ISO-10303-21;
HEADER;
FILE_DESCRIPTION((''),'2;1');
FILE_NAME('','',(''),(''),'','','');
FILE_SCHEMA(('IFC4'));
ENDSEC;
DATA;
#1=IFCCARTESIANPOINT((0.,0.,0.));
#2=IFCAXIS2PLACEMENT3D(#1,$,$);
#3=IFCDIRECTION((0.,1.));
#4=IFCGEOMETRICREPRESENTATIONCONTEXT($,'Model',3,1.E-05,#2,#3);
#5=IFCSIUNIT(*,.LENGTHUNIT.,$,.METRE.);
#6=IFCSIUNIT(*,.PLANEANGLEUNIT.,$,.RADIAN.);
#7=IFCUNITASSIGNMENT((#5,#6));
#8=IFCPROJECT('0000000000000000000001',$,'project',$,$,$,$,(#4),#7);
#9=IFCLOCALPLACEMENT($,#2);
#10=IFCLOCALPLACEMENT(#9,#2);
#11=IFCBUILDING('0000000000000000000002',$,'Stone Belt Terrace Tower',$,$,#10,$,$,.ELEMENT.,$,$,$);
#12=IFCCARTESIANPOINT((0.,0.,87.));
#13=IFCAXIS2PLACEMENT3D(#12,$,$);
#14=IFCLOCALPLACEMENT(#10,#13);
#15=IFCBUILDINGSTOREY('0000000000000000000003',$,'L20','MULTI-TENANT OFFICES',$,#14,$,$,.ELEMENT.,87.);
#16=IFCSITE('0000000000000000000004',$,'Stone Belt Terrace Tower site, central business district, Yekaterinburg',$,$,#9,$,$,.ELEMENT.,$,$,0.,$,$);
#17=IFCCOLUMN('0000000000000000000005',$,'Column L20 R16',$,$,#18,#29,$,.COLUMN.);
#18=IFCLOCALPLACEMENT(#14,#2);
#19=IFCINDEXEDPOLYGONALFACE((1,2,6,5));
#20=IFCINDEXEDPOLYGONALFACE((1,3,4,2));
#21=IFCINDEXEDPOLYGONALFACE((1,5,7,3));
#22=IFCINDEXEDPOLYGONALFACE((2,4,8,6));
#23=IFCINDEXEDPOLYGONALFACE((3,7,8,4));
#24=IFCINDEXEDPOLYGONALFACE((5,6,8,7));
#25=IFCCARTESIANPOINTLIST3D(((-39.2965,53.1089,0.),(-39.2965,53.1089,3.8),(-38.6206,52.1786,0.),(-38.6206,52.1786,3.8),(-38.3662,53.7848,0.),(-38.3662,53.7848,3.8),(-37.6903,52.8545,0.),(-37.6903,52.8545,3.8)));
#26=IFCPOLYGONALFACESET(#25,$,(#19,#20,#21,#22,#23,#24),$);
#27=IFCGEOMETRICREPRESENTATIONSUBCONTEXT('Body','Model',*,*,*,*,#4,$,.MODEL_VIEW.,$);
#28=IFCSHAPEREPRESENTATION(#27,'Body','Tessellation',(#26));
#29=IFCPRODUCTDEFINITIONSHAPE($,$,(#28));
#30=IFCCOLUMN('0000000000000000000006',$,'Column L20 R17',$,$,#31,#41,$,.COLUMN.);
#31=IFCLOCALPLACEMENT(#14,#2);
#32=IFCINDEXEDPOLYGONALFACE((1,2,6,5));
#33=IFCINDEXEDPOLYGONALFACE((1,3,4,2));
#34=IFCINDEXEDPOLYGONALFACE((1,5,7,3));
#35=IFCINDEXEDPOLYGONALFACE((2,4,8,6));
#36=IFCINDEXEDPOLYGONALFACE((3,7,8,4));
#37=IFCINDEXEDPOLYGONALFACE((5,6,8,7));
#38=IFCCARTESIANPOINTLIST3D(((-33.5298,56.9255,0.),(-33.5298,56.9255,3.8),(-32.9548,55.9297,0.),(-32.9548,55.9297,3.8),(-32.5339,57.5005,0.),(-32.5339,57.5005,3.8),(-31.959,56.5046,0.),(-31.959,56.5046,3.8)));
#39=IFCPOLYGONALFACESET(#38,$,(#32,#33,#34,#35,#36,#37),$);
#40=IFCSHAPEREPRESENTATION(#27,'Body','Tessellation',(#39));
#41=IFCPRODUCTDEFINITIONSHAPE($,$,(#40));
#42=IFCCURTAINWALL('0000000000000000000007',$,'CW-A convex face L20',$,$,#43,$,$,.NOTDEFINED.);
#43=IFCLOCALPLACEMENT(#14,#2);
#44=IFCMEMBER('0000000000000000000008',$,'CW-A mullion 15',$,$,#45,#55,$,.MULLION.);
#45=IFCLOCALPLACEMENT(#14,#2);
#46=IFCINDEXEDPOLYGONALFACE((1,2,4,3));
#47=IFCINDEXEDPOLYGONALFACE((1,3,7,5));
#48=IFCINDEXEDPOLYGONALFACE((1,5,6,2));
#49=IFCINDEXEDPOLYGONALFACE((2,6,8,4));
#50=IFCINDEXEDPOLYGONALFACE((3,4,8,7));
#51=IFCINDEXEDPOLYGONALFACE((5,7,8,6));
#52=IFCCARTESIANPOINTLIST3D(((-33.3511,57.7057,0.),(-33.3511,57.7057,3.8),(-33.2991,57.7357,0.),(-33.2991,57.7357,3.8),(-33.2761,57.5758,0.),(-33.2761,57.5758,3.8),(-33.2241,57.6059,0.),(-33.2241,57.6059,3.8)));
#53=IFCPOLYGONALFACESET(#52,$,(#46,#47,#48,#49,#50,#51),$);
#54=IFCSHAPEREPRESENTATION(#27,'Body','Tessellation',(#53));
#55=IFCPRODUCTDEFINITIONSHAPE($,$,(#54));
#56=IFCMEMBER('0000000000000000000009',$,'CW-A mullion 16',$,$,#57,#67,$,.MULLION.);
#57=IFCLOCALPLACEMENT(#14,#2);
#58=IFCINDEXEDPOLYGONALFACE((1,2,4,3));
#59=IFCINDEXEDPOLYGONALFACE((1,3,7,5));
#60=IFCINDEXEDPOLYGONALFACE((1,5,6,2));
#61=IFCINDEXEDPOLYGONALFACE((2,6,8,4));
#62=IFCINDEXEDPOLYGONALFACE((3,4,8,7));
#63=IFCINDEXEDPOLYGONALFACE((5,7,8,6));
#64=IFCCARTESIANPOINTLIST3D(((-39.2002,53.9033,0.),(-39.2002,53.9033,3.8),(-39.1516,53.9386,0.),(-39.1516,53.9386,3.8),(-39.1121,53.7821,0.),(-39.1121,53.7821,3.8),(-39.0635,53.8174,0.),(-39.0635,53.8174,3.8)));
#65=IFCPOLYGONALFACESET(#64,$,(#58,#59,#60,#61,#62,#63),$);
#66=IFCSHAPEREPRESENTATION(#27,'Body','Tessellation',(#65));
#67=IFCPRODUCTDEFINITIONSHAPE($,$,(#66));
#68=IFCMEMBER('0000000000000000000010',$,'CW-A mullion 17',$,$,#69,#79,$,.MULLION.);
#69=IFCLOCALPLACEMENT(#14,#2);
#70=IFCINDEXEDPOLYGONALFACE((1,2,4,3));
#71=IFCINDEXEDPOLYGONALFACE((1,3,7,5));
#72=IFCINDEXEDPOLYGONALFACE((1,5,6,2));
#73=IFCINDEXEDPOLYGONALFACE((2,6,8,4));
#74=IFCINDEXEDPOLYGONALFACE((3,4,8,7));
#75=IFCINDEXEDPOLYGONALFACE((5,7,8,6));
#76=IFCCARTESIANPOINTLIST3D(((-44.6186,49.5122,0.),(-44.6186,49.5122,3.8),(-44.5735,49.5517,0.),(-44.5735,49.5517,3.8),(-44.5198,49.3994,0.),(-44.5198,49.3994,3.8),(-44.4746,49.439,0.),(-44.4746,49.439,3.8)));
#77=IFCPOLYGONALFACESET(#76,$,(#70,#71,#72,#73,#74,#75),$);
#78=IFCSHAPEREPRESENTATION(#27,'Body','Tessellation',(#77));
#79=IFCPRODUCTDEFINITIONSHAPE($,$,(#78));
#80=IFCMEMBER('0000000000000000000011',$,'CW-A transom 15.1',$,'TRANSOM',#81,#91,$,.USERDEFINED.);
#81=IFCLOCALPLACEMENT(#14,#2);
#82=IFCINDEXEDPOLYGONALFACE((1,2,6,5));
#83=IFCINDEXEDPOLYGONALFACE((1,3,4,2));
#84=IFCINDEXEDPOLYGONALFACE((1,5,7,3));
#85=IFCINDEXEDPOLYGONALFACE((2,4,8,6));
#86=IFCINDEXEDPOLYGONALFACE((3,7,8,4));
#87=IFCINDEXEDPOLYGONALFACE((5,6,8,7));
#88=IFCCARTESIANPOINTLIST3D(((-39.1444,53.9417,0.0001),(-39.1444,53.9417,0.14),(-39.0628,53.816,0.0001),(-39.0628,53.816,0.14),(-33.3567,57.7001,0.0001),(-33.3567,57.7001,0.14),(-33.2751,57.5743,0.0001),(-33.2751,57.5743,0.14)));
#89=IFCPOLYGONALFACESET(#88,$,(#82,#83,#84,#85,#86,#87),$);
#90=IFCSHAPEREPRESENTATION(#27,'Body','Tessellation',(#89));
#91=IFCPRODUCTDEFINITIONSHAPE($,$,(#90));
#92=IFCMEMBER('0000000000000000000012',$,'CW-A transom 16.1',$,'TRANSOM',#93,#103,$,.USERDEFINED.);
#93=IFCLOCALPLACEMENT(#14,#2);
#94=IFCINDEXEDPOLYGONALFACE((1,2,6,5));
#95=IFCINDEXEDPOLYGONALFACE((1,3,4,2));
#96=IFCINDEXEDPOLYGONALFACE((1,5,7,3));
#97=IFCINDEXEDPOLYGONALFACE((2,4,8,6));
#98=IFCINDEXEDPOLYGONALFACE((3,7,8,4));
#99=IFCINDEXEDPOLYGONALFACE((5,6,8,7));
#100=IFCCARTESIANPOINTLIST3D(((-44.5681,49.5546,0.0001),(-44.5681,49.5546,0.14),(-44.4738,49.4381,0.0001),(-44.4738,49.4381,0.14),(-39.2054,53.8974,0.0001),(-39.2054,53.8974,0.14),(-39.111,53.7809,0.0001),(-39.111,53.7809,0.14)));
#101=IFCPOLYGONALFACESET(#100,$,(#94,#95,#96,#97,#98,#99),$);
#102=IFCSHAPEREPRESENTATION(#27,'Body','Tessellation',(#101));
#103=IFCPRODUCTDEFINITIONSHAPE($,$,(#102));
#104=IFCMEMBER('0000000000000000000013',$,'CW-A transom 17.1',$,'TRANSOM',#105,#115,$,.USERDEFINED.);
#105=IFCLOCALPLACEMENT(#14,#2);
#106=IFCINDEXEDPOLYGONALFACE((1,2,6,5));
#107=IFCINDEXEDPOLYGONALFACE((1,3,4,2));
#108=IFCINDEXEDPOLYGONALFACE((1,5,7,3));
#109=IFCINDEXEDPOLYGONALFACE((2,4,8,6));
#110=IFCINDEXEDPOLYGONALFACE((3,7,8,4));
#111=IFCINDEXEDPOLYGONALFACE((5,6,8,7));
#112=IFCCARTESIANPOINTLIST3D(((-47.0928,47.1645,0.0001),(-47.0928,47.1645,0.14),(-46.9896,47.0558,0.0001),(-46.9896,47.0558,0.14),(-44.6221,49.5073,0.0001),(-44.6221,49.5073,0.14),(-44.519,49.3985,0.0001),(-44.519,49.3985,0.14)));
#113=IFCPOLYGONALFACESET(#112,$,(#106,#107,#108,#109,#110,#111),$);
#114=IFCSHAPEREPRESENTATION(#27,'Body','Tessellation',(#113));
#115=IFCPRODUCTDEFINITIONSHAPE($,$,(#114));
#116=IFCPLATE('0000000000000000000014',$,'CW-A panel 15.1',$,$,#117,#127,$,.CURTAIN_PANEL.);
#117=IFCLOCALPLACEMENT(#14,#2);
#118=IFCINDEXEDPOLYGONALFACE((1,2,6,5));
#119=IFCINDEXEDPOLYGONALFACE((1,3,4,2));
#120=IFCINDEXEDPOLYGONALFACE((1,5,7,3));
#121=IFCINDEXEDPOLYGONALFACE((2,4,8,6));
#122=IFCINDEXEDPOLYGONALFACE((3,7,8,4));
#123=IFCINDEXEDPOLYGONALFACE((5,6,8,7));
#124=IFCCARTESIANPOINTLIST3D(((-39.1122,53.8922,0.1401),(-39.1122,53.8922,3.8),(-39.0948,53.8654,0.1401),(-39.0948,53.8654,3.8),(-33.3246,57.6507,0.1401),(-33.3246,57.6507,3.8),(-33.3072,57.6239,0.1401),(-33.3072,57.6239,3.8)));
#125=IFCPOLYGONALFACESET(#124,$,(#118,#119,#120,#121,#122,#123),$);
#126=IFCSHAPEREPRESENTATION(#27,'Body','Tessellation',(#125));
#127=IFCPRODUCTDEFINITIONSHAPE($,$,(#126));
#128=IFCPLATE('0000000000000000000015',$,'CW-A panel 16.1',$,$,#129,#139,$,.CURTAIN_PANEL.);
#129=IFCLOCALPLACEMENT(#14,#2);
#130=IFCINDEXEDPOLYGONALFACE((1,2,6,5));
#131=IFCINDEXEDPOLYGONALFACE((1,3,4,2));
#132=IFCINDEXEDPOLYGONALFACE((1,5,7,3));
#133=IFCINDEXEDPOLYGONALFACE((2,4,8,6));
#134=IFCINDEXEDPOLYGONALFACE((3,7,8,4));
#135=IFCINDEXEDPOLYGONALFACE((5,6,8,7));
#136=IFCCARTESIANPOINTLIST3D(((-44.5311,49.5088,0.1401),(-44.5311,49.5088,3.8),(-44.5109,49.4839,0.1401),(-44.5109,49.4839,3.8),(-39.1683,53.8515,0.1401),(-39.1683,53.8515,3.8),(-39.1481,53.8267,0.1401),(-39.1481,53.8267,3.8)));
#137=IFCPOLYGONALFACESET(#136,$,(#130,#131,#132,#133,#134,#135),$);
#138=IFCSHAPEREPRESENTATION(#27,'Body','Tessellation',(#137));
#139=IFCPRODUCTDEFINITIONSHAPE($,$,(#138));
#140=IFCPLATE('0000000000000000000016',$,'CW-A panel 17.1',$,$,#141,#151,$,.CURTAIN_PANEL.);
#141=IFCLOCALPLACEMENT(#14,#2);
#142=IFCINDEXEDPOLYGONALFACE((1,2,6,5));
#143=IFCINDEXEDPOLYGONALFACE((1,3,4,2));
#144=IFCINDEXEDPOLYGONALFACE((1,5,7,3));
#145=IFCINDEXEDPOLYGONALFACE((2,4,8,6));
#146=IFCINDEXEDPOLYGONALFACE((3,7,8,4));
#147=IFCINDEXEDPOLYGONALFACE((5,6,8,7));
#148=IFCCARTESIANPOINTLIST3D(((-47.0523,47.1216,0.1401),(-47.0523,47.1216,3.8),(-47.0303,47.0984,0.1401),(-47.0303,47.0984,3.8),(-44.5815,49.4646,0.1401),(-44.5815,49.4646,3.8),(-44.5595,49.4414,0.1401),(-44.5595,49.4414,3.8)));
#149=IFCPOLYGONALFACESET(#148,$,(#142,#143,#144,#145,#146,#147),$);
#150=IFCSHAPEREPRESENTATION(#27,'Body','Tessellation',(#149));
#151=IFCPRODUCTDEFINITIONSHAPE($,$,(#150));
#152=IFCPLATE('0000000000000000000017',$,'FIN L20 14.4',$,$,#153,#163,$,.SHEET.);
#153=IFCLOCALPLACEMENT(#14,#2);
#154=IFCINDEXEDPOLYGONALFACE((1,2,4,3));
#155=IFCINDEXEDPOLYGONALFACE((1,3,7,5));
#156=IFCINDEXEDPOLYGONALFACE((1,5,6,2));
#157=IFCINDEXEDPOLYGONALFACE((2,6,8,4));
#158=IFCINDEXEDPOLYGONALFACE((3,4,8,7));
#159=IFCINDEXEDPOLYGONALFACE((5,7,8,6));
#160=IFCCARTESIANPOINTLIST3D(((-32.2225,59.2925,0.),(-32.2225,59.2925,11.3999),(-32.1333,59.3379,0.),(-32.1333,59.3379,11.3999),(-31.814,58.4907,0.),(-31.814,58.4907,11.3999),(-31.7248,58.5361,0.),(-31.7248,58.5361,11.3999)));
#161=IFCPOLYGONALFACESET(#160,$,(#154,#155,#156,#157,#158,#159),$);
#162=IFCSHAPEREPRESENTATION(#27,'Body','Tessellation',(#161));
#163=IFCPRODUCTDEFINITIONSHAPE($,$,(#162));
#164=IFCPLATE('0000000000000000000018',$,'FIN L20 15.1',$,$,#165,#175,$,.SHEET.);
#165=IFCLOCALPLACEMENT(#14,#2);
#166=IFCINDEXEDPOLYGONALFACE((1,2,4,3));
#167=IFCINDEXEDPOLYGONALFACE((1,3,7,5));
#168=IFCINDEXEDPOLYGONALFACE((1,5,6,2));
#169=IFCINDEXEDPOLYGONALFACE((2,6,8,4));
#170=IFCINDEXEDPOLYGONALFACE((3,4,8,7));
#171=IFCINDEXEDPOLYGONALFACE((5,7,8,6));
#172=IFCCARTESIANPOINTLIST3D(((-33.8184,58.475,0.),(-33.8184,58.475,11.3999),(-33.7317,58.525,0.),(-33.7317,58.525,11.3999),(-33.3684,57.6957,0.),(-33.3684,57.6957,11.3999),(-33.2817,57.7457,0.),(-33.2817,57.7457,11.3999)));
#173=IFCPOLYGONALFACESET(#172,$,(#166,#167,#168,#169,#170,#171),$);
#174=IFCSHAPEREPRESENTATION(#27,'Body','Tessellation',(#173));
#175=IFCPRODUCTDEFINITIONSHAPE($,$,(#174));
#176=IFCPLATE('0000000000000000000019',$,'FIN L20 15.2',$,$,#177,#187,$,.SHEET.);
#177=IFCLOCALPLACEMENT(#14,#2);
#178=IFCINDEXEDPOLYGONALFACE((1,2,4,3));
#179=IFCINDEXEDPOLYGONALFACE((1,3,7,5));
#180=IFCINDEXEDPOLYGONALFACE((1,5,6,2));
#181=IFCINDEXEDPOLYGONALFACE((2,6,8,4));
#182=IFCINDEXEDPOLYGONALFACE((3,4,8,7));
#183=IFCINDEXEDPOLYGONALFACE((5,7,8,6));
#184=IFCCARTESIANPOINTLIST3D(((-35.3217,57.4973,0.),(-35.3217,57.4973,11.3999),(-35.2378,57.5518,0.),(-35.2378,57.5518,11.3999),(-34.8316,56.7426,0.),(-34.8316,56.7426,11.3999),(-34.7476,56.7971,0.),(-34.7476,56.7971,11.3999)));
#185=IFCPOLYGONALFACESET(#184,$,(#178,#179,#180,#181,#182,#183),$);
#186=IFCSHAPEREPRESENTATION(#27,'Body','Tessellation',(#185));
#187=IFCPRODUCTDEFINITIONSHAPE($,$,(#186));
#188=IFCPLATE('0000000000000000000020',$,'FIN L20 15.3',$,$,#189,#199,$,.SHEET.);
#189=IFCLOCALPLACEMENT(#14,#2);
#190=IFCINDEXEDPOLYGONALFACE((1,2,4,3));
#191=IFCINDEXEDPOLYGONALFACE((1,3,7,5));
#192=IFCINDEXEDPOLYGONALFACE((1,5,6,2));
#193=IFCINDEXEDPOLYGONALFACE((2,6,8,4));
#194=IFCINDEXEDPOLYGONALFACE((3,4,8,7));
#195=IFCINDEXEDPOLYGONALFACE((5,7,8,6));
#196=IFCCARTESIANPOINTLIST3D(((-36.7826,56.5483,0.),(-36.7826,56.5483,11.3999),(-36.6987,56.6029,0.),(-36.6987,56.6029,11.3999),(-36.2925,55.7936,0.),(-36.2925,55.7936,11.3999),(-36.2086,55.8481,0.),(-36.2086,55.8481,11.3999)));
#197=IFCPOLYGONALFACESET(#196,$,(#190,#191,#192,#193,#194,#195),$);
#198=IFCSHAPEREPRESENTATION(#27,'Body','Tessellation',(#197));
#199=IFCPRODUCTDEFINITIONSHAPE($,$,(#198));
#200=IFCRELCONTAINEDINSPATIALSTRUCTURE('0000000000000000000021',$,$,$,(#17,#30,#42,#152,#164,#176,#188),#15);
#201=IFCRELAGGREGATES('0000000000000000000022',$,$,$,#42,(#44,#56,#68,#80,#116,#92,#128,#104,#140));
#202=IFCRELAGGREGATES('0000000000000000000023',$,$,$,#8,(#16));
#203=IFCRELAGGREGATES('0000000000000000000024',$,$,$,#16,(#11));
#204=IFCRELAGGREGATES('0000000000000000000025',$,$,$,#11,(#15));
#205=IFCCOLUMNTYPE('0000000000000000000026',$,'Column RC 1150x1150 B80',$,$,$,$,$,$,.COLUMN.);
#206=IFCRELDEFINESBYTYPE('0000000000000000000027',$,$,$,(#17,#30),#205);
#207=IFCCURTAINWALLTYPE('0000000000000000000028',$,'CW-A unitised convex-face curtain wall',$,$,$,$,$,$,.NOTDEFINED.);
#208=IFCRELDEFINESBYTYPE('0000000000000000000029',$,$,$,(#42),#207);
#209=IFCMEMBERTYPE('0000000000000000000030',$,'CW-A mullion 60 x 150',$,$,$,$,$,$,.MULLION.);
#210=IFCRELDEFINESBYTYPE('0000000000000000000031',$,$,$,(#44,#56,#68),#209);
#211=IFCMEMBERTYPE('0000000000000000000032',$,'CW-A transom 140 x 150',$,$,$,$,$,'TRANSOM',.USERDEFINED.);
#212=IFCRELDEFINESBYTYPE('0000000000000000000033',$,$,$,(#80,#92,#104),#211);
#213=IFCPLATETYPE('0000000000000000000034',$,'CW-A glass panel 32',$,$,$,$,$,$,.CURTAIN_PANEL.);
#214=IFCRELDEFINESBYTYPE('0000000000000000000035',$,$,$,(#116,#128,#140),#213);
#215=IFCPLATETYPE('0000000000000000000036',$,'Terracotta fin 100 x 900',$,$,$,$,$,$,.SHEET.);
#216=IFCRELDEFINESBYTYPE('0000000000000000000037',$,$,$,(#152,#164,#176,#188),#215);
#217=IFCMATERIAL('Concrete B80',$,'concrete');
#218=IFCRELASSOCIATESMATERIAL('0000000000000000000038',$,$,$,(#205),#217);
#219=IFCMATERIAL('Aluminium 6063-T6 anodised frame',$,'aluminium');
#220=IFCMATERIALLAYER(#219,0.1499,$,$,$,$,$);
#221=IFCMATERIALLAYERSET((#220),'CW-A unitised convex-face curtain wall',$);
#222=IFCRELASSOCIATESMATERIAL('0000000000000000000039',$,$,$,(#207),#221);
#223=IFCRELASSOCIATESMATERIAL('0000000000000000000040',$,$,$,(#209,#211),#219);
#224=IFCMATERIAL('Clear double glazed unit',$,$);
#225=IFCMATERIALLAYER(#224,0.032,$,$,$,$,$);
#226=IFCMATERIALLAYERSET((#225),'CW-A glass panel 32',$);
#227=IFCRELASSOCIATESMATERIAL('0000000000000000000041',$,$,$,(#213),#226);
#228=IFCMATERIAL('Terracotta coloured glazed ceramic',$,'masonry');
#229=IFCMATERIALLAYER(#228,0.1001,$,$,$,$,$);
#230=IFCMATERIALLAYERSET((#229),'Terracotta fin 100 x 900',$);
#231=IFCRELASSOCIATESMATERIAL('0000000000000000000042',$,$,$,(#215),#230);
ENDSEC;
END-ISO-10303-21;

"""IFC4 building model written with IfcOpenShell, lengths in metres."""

from ifc_helpers import new_model, si_unit, direction, frame, origin, origin_2d, place, context, subcontext, project, spatial, rectangle, extrude, material, layer, layer_set, material_profile, profile_set, type_object, element, aggregate, save


model = new_model("IFC4")

# Units and contexts
model_context = context("Model", 3, precision=1e-05, world=origin(), true_north=direction((0.0, 1.0)))
body_context = subcontext(model_context, "Body", "Model", "MODEL_VIEW")
ifc_project = project(units=[si_unit("LENGTHUNIT", "METRE"), si_unit("PLANEANGLEUNIT", "RADIAN")], contexts=[model_context])

# Site, building, storey
site_placement = place(None, origin())
site = spatial("IfcSite", under=ifc_project, at=site_placement, Name="Stone Belt Terrace Tower site, central business district, Yekaterinburg", CompositionType="ELEMENT", RefElevation=0.0)
building_placement = place(site_placement, origin())
building = spatial("IfcBuilding", under=site, at=building_placement, Name="Stone Belt Terrace Tower", CompositionType="ELEMENT")
storey_placement = place(building_placement, frame((0.0, 0.0, 87.0)))
storey = spatial("IfcBuildingStorey", under=building, at=storey_placement, Name="L20", Description="MULTI-TENANT OFFICES", CompositionType="ELEMENT", Elevation=87.0)

# Columns
ifc_material_1 = material(Name="Concrete B80", Category="concrete")
ifc_material_profile_1 = material_profile(ifc_material_1, rectangle(XDim=1.1499, YDim=1.1499, at=origin_2d()), Name="RC 1150x1150")
ifc_profile_set_1 = profile_set([ifc_material_profile_1], Name="Concrete B80")
column_type = type_object("IfcColumnType", Name="Column RC 1150x1150 B80", PredefinedType="COLUMN", material=ifc_profile_set_1)
for number, where, z_axis, x_axis, name in (
    (1, (-38.4934, 52.9817, 0.0), (0.0, 0.0, 1.0), (0.809017, 0.587785, 0.0), "Column L20 R16"),
    (2, (-32.7444, 56.7151, 0.0), (0.0, 0.0, 1.0), (0.866025, 0.5, 0.0), "Column L20 R17"),
):
    element("IfcColumn", number, at=place(storey_placement, frame(where, z_axis=z_axis, x_axis=x_axis)), inside=storey, type_object=column_type, Name=name, PredefinedType="COLUMN", context=body_context, shape_type="SweptSolid", body=[
        extrude(rectangle(XDim=1.1499, YDim=1.1499, at=origin_2d()), origin(), (0.0, 0.0, 1.0), 3.8),
    ])

# Curtain wall, members, plates
ifc_material_2 = material(Name="Aluminium 6063-T6 anodised frame", Category="aluminium")
ifc_layer_1 = layer(ifc_material_2, 0.1499)
ifc_layer_set_1 = layer_set([ifc_layer_1], Name="CW-A unitised convex-face curtain wall")
curtain_wall_type = type_object("IfcCurtainWallType", Name="CW-A unitised convex-face curtain wall", PredefinedType="NOTDEFINED", material=ifc_layer_set_1)
curtain_wall_placement = place(storey_placement, origin())
curtain_wall = element("IfcCurtainWall", 3, at=curtain_wall_placement, inside=storey, type_object=curtain_wall_type, Name="CW-A convex face L20", PredefinedType="NOTDEFINED")
ifc_material_profile_2 = material_profile(ifc_material_2, rectangle(XDim=0.1499, YDim=0.0601, at=origin_2d()), Name="Aluminium 6063-T6 60x150")
ifc_profile_set_2 = profile_set([ifc_material_profile_2], Name="Aluminium 6063-T6 anodised frame")
member_type_1 = type_object("IfcMemberType", Name="CW-A mullion 60 x 150", PredefinedType="MULLION", material=ifc_profile_set_2)
member_1_placement = place(storey_placement, frame((-33.2876, 57.6558, 0.0), z_axis=(0.0, 0.0, 1.0), x_axis=(0.5, -0.866025, 0.0)))
member_1 = element("IfcMember", 4, at=member_1_placement, type_object=member_type_1, Name="CW-A mullion 15", PredefinedType="MULLION", context=body_context, shape_type="SweptSolid", body=[
    extrude(rectangle(XDim=0.1499, YDim=0.0601, at=origin_2d()), origin(), (0.0, 0.0, 1.0), 3.8),
])
member_2_placement = place(storey_placement, frame((-39.1318, 53.8604, 0.0), z_axis=(0.0, 0.0, 1.0), x_axis=(0.587785, -0.809017, 0.0)))
member_2 = element("IfcMember", 5, at=member_2_placement, type_object=member_type_1, Name="CW-A mullion 16", PredefinedType="MULLION", context=body_context, shape_type="SweptSolid", body=[
    extrude(rectangle(XDim=0.1499, YDim=0.0601, at=origin_2d()), origin(), (0.0, 0.0, 1.0), 3.8),
])
member_3_placement = place(storey_placement, frame((-44.5466, 49.4756, 0.0), z_axis=(0.0, 0.0, 1.0), x_axis=(0.659207, -0.751961, 0.0)))
member_3 = element("IfcMember", 6, at=member_3_placement, type_object=member_type_1, Name="CW-A mullion 17", PredefinedType="MULLION", context=body_context, shape_type="SweptSolid", body=[
    extrude(rectangle(XDim=0.1499, YDim=0.0601, at=origin_2d()), origin(), (0.0, 0.0, 1.0), 3.8),
])
ifc_material_profile_3 = material_profile(ifc_material_2, rectangle(XDim=0.1499, YDim=0.1399, at=origin_2d()), Name="Aluminium 6063-T6 150x140")
ifc_profile_set_3 = profile_set([ifc_material_profile_3], Name="Aluminium 6063-T6 anodised frame")
member_type_2 = type_object("IfcMemberType", Name="CW-A transom 140 x 150", ElementType="TRANSOM", PredefinedType="USERDEFINED", material=ifc_profile_set_3)
member_4_placement = place(storey_placement, frame((-33.3159, 57.6372, 0.0701), z_axis=(-0.838684, -0.544618, 0.0), x_axis=(0.544618, -0.838684, 0.0)))
member_4 = element("IfcMember", 7, at=member_4_placement, type_object=member_type_2, Name="CW-A transom 15.1", ObjectType="TRANSOM", PredefinedType="USERDEFINED", context=body_context, shape_type="SweptSolid", body=[
    extrude(rectangle(XDim=0.1499, YDim=0.1399, at=origin_2d()), origin(), (0.0, 0.0, 1.0), 6.9009),
])
member_5_placement = place(storey_placement, frame((-39.1582, 53.8391, 0.0701), z_axis=(-0.777141, -0.629326, 0.0), x_axis=(0.629326, -0.777141, 0.0)))
member_5 = element("IfcMember", 8, at=member_5_placement, type_object=member_type_2, Name="CW-A transom 16.1", ObjectType="TRANSOM", PredefinedType="USERDEFINED", context=body_context, shape_type="SweptSolid", body=[
    extrude(rectangle(XDim=0.1499, YDim=0.1399, at=origin_2d()), origin(), (0.0, 0.0, 1.0), 6.9006),
])
member_6_placement = place(storey_placement, frame((-44.5706, 49.4529, 0.0701), z_axis=(-0.725644, -0.688071, 0.0), x_axis=(0.688071, -0.725644, 0.0)))
member_6 = element("IfcMember", 9, at=member_6_placement, type_object=member_type_2, Name="CW-A transom 17.1", ObjectType="TRANSOM", PredefinedType="USERDEFINED", context=body_context, shape_type="SweptSolid", body=[
    extrude(rectangle(XDim=0.1499, YDim=0.1399, at=origin_2d()), origin(), (0.0, 0.0, 1.0), 3.4048),
])
ifc_material_3 = material(Name="Clear double glazed unit")
ifc_layer_2 = layer(ifc_material_3, 0.032)
ifc_layer_set_2 = layer_set([ifc_layer_2], Name="CW-A glass panel 32")
plate_type_1 = type_object("IfcPlateType", Name="CW-A glass panel 32", PredefinedType="CURTAIN_PANEL", material=ifc_layer_set_2)
plate_1_placement = place(storey_placement, frame((-36.2097, 55.7581, 0.1401), z_axis=(0.0, 0.0, 1.0), x_axis=(-0.838671, -0.544639, 0.0)))
plate_1 = element("IfcPlate", 10, at=plate_1_placement, type_object=plate_type_1, Name="CW-A panel 15.1", PredefinedType="CURTAIN_PANEL", context=body_context, shape_type="SweptSolid", body=[
    extrude(rectangle(XDim=6.9009, YDim=0.032, at=origin_2d()), origin(), (0.0, 0.0, 1.0), 3.6599),
])
plate_2_placement = place(storey_placement, frame((-41.8396, 51.6677, 0.1401), z_axis=(0.0, 0.0, 1.0), x_axis=(-0.777146, -0.62932, 0.0)))
plate_2 = element("IfcPlate", 11, at=plate_2_placement, type_object=plate_type_1, Name="CW-A panel 16.1", PredefinedType="CURTAIN_PANEL", context=body_context, shape_type="SweptSolid", body=[
    extrude(rectangle(XDim=6.9006, YDim=0.032, at=origin_2d()), origin(), (0.0, 0.0, 1.0), 3.6599),
])
plate_3_placement = place(storey_placement, frame((-45.8059, 48.2815, 0.1401), z_axis=(0.0, 0.0, 1.0), x_axis=(-0.725628, -0.688087, 0.0)))
plate_3 = element("IfcPlate", 12, at=plate_3_placement, type_object=plate_type_1, Name="CW-A panel 17.1", PredefinedType="CURTAIN_PANEL", context=body_context, shape_type="SweptSolid", body=[
    extrude(rectangle(XDim=3.405, YDim=0.032, at=origin_2d()), origin(), (0.0, 0.0, 1.0), 3.6599),
])
aggregate(curtain_wall, [member_1, member_2, member_3, member_4, plate_1, member_5, plate_2, member_6, plate_3])

# Plates
ifc_material_4 = material(Name="Terracotta coloured glazed ceramic", Category="masonry")
ifc_layer_3 = layer(ifc_material_4, 0.1001)
ifc_layer_set_3 = layer_set([ifc_layer_3], Name="Terracotta fin 100 x 900")
plate_type_2 = type_object("IfcPlateType", Name="Terracotta fin 100 x 900", PredefinedType="SHEET", material=ifc_layer_set_3)
for number, where, z_axis, x_axis, name in (
    (13, (-31.9736, 58.9143, 0.0), (0.0, 0.0, 1.0), (-0.45399, 0.891007, 0.0), "FIN L20 14.4"),
    (14, (-33.55, 58.1104, 0.0), (0.0, 0.0, 1.0), (-0.5, 0.866025, 0.0), "FIN L20 15.1"),
    (15, (-35.0347, 57.1472, 0.0), (0.0, 0.0, 1.0), (-0.544639, 0.838671, 0.0), "FIN L20 15.2"),
    (16, (-36.4956, 56.1982, 0.0), (0.0, 0.0, 1.0), (-0.544639, 0.838671, 0.0), "FIN L20 15.3"),
):
    element("IfcPlate", number, at=place(storey_placement, frame(where, z_axis=z_axis, x_axis=x_axis)), inside=storey, type_object=plate_type_2, Name=name, PredefinedType="SHEET", context=body_context, shape_type="SweptSolid", body=[
        extrude(rectangle(XDim=0.8999, YDim=0.1001, at=origin_2d()), origin(), (0.0, 0.0, 1.0), 11.3999),
    ])

save(model, "model.ifc")
